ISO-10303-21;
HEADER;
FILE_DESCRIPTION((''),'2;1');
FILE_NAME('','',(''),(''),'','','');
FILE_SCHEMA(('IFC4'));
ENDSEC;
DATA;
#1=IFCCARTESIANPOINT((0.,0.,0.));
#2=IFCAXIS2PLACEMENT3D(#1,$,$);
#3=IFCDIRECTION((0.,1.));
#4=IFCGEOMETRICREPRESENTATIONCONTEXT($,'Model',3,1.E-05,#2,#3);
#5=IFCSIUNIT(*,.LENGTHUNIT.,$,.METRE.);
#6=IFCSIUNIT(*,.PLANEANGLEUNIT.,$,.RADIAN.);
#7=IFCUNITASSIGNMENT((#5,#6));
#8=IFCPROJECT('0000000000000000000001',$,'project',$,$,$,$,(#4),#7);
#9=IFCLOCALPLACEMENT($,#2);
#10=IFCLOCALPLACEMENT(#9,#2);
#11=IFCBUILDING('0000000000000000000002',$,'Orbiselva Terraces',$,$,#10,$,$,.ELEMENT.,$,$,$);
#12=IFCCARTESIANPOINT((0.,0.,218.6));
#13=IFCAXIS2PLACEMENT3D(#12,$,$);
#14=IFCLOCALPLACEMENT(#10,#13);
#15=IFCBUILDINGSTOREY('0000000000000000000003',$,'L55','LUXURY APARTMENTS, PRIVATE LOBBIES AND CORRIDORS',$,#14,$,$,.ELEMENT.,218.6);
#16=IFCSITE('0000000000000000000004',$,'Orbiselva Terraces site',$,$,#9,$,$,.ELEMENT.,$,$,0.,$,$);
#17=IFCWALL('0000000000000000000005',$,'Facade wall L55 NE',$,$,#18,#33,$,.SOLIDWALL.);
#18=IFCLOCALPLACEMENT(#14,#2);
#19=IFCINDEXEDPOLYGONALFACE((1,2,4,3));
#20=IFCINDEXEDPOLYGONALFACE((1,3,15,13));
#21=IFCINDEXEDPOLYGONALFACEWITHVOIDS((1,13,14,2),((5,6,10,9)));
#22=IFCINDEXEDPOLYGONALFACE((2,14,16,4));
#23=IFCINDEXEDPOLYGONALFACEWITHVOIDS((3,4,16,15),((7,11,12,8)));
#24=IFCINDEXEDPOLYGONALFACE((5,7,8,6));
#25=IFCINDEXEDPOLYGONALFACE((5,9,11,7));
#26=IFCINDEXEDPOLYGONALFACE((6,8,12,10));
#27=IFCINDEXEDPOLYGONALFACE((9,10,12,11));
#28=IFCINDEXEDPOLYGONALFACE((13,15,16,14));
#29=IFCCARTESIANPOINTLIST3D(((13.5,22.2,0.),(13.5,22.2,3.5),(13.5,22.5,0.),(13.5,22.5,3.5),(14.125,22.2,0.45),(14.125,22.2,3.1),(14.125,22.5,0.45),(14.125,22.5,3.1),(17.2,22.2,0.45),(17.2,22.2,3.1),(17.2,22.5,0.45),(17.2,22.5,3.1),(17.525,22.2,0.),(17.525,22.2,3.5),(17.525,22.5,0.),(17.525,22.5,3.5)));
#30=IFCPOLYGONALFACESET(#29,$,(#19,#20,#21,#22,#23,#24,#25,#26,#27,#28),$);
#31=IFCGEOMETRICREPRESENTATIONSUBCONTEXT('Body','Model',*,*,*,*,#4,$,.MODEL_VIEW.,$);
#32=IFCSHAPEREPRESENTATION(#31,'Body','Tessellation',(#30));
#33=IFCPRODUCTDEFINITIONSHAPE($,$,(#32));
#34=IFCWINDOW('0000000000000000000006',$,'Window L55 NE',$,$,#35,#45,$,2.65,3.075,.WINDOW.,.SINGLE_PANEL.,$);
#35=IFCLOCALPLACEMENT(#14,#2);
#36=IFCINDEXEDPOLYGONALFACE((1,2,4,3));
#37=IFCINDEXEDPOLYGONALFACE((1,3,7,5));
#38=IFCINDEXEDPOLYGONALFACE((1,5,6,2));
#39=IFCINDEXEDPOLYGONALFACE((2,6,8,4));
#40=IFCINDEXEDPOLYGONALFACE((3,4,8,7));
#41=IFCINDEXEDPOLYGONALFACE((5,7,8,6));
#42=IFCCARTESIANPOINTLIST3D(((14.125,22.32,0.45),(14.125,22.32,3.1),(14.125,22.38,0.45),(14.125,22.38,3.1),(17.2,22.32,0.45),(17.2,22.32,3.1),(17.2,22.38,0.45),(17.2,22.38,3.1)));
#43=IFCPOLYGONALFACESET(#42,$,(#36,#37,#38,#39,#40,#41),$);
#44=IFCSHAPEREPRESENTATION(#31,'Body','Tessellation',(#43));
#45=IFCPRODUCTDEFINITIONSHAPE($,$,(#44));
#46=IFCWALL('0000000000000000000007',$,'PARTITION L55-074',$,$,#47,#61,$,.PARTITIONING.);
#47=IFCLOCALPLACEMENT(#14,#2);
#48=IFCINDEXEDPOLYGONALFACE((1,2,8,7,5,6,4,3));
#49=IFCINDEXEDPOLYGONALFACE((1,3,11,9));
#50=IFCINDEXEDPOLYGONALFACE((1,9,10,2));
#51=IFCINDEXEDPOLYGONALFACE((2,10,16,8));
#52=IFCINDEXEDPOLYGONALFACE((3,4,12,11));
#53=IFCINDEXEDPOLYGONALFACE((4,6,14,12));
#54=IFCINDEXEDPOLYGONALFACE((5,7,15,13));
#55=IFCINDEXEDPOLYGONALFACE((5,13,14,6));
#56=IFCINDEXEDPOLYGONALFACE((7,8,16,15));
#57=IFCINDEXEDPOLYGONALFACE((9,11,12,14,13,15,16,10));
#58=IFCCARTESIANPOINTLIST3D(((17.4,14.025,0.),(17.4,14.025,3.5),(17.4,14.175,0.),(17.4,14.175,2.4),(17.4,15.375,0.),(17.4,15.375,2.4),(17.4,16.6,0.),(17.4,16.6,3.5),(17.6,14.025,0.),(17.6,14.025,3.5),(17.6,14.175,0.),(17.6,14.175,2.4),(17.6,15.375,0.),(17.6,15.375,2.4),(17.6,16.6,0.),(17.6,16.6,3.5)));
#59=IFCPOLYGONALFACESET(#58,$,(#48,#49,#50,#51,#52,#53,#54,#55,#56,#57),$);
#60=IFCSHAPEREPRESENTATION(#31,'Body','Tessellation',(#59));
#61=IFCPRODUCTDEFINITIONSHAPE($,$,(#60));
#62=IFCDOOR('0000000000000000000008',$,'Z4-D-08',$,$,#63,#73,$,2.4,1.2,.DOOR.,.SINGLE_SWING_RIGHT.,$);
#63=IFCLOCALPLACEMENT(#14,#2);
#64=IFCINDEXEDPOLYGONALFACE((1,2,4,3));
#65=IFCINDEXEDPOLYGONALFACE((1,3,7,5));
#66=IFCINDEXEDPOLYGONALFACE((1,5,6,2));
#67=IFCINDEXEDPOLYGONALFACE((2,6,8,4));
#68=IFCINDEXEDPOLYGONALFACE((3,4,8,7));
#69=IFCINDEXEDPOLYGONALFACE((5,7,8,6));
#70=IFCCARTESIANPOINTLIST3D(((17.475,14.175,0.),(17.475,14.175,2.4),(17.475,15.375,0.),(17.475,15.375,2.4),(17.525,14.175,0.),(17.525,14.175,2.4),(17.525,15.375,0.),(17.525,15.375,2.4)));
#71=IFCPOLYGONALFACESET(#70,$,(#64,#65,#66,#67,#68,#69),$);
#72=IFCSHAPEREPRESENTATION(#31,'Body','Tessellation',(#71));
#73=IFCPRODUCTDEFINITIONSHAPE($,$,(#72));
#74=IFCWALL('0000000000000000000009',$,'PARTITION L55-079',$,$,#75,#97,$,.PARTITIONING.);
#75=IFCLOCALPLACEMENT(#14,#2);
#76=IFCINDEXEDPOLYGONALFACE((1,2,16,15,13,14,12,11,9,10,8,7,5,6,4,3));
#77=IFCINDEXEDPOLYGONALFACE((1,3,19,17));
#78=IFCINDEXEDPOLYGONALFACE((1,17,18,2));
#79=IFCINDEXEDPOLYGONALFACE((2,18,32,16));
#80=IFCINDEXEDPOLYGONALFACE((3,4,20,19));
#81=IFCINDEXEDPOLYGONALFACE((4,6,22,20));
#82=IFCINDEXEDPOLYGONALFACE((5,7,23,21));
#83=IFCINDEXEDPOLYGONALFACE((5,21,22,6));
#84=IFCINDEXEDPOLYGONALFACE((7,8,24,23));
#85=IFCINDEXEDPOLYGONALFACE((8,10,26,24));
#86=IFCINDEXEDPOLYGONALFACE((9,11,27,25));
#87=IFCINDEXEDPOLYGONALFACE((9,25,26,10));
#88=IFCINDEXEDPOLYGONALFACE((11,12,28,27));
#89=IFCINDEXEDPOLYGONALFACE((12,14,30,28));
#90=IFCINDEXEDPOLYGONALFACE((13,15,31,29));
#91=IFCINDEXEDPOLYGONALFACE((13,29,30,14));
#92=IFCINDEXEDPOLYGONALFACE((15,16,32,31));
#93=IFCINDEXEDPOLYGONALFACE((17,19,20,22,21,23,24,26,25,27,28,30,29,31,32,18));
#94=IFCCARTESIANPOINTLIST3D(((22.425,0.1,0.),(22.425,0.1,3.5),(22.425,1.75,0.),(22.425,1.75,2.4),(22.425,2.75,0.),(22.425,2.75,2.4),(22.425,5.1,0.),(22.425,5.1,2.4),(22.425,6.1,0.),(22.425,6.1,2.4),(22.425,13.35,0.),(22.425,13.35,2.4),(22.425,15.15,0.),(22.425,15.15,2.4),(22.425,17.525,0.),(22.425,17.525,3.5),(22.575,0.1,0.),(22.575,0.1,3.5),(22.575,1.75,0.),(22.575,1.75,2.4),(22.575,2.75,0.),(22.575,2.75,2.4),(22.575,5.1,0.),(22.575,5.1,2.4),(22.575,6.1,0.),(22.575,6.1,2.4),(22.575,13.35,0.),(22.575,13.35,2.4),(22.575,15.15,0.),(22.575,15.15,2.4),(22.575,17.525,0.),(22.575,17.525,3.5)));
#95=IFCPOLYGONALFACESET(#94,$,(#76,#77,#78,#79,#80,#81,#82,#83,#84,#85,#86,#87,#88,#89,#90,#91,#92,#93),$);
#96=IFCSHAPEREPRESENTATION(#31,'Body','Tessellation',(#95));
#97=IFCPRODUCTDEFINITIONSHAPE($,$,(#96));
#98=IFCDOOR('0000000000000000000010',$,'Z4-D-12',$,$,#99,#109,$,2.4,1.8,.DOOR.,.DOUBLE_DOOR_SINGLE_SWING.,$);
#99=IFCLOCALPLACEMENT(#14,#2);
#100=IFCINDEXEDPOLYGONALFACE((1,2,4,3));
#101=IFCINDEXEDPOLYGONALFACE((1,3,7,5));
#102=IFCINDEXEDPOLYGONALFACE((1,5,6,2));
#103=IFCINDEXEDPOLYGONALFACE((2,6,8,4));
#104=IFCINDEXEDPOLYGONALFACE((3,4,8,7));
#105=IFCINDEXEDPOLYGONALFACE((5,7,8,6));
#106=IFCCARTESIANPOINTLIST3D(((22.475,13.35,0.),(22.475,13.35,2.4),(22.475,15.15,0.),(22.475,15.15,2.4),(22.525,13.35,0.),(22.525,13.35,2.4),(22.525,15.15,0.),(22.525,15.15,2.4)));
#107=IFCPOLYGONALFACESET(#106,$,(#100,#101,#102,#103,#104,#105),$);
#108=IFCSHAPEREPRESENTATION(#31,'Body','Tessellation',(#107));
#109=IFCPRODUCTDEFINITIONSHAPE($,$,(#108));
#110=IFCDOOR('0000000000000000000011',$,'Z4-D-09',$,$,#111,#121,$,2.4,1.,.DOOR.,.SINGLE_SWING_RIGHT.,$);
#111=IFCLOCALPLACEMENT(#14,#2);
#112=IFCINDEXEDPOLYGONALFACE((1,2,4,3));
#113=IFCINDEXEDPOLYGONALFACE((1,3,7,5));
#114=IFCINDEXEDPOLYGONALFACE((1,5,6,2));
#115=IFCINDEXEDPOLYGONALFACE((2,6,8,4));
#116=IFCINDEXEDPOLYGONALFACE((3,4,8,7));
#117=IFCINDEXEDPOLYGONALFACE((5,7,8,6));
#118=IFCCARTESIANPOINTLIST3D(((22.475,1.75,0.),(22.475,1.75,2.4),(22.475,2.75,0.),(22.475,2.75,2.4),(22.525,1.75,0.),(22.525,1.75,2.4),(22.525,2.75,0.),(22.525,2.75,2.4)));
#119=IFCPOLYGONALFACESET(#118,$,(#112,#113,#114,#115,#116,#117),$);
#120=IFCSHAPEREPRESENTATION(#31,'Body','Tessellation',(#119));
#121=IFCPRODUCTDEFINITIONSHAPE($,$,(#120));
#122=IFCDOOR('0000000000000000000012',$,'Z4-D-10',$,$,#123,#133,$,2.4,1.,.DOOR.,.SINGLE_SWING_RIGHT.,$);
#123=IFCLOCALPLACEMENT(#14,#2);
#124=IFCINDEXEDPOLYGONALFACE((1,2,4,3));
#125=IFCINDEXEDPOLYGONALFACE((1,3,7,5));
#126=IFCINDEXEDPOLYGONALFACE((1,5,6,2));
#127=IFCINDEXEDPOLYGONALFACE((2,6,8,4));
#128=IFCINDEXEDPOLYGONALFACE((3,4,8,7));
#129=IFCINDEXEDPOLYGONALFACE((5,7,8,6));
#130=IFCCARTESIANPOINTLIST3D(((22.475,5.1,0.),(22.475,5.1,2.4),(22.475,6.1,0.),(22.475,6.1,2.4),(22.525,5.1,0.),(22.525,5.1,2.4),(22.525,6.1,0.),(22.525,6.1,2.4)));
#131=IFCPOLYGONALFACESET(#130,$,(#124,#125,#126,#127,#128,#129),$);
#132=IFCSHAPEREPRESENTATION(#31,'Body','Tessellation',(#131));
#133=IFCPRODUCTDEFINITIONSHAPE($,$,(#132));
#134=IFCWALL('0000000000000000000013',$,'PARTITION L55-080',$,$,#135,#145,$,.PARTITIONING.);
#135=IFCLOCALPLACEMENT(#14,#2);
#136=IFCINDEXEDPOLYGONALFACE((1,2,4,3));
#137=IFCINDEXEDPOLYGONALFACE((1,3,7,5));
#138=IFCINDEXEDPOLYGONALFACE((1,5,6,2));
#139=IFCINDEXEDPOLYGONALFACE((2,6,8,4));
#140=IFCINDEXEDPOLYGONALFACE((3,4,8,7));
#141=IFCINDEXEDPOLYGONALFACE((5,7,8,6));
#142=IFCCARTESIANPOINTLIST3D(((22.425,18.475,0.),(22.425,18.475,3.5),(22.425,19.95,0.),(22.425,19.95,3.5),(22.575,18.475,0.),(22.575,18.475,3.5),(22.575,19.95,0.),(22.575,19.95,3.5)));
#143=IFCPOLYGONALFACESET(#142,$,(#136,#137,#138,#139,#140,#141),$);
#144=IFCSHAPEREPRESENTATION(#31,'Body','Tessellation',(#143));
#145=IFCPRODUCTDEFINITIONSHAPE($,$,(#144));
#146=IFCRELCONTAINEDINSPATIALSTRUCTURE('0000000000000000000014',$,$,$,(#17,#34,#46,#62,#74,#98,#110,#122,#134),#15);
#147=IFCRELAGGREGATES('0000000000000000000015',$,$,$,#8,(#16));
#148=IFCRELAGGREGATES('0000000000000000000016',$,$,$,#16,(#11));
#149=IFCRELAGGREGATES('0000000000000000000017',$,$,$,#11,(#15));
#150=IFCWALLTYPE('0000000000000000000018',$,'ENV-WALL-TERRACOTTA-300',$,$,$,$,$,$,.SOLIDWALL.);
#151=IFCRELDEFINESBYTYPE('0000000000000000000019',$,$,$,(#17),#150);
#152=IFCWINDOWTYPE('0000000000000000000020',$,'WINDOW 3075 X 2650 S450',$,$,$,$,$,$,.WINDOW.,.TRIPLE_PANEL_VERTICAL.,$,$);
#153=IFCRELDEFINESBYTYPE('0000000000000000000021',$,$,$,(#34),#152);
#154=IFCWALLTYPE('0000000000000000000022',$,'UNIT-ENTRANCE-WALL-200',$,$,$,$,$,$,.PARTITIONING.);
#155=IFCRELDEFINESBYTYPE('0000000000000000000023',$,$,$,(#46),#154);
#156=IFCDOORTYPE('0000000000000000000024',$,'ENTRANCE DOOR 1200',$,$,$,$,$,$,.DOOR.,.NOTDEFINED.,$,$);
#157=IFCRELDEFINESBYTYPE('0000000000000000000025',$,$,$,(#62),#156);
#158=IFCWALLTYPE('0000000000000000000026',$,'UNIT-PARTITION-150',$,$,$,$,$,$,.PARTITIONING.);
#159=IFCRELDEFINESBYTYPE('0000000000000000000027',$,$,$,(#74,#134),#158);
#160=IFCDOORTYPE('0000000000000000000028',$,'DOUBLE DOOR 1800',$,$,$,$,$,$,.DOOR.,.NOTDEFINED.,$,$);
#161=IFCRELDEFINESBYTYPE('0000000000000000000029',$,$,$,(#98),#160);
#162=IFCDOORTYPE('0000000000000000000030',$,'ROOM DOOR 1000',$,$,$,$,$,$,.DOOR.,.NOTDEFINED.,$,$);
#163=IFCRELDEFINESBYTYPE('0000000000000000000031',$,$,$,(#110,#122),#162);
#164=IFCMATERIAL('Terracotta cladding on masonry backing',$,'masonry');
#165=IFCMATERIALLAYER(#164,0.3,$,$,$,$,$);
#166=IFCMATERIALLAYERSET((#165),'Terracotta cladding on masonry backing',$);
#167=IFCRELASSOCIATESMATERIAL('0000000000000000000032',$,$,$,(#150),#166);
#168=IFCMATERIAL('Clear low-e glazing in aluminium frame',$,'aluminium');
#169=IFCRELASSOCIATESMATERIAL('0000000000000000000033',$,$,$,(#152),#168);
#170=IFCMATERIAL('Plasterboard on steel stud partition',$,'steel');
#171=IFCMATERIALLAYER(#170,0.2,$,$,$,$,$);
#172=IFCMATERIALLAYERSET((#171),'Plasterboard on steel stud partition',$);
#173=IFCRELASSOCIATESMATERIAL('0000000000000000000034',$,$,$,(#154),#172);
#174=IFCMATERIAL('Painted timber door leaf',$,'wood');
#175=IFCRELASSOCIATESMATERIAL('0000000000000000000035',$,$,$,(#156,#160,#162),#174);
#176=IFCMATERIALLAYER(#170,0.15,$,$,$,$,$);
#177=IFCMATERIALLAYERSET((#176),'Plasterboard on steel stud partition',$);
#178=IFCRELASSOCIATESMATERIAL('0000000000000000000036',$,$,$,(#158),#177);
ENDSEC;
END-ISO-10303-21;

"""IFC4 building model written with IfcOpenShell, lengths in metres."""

from ifc_helpers import new_model, si_unit, direction, frame, frame_2d, origin, place, context, subcontext, project, spatial, rectangle, extrude, material, layer, layer_set, type_object, element, fill, save


model = new_model("IFC4")

# Units and contexts
model_context = context("Model", 3, precision=1e-05, world=origin(), true_north=direction((0.0, 1.0)))
body_context = subcontext(model_context, "Body", "Model", "MODEL_VIEW")
ifc_project = project(units=[si_unit("LENGTHUNIT", "METRE"), si_unit("PLANEANGLEUNIT", "RADIAN")], contexts=[model_context])

# Site, building, storey
site_placement = place(None, origin())
site = spatial("IfcSite", under=ifc_project, at=site_placement, Name="Orbiselva Terraces site", CompositionType="ELEMENT", RefElevation=0.0)
building_placement = place(site_placement, origin())
building = spatial("IfcBuilding", under=site, at=building_placement, Name="Orbiselva Terraces", CompositionType="ELEMENT")
storey_placement = place(building_placement, frame((0.0, 0.0, 218.6)))
storey = spatial("IfcBuildingStorey", under=building, at=storey_placement, Name="L55", Description="LUXURY APARTMENTS, PRIVATE LOBBIES AND CORRIDORS", CompositionType="ELEMENT", Elevation=218.6)

# Shared definitions
ifc_material_1 = material(Name="Terracotta cladding on masonry backing", Category="masonry")
ifc_layer_1 = layer(ifc_material_1, 0.3)
ifc_layer_set_1 = layer_set([ifc_layer_1], Name="Terracotta cladding on masonry backing")
wall_type_1 = type_object("IfcWallType", Name="ENV-WALL-TERRACOTTA-300", PredefinedType="SOLIDWALL", material=ifc_layer_set_1)
ifc_material_2 = material(Name="Clear low-e glazing in aluminium frame", Category="aluminium")
window_type = type_object("IfcWindowType", Name="WINDOW 3075 X 2650 S450", PartitioningType="TRIPLE_PANEL_VERTICAL", PredefinedType="WINDOW", material=ifc_material_2)

# Wall, opening, window
wall_1_placement = place(storey_placement, frame((13.5, 22.35, 0.0), z_axis=(0.0, 0.0, 1.0), x_axis=(1.0, 0.0, 0.0)))
wall_1 = element("IfcWall", 1, at=wall_1_placement, inside=storey, type_object=wall_type_1, Name="Facade wall L55 NE", PredefinedType="SOLIDWALL", context=body_context, shape_type="SweptSolid", body=[
    extrude(rectangle(XDim=4.025, YDim=0.3, at=frame_2d((2.0125, 0.0))), origin(), (0.0, 0.0, 1.0), 3.5),
])
opening_1_placement = place(wall_1_placement, frame((0.625, 0.0, 0.45)))
opening_1 = element("IfcOpeningElement", 2, at=opening_1_placement, cuts=wall_1, PredefinedType="OPENING", context=body_context, shape_type="SweptSolid", body=[
    extrude(rectangle(XDim=3.075, YDim=2.65, at=frame_2d((1.5375, 1.325))), frame((0.0, 0.16, 0.0), z_axis=(0.0, -1.0, 0.0), x_axis=(1.0, 0.0, 0.0)), (0.0, 0.0, 1.0), 0.32),
])
window_1_placement = place(opening_1_placement, origin())
window_1 = element("IfcWindow", 3, at=window_1_placement, inside=storey, type_object=window_type, Name="Window L55 NE", OverallHeight=2.65, OverallWidth=3.075, PartitioningType="SINGLE_PANEL", PredefinedType="WINDOW", context=body_context, shape_type="SweptSolid", body=[
    extrude(rectangle(XDim=3.075, YDim=2.65, at=frame_2d((1.5375, 1.325))), frame((0.0, 0.03, 0.0), z_axis=(0.0, -1.0, 0.0), x_axis=(1.0, 0.0, 0.0)), (0.0, 0.0, 1.0), 0.06),
])
fill(opening_1, window_1)

# Wall, opening, door
ifc_material_3 = material(Name="Plasterboard on steel stud partition", Category="steel")
ifc_layer_2 = layer(ifc_material_3, 0.2)
ifc_layer_set_2 = layer_set([ifc_layer_2], Name="Plasterboard on steel stud partition")
wall_type_2 = type_object("IfcWallType", Name="UNIT-ENTRANCE-WALL-200", PredefinedType="PARTITIONING", material=ifc_layer_set_2)
wall_2_placement = place(storey_placement, frame((17.5, 16.6, 0.0), z_axis=(0.0, 0.0, 1.0), x_axis=(0.0, -1.0, 0.0)))
wall_2 = element("IfcWall", 4, at=wall_2_placement, inside=storey, type_object=wall_type_2, Name="PARTITION L55-074", PredefinedType="PARTITIONING", context=body_context, shape_type="SweptSolid", body=[
    extrude(rectangle(XDim=2.575, YDim=0.2, at=frame_2d((1.2875, 0.0))), origin(), (0.0, 0.0, 1.0), 3.5),
])
opening_2_placement = place(wall_2_placement, frame((1.225, 0.0, 0.0)))
opening_2 = element("IfcOpeningElement", 5, at=opening_2_placement, cuts=wall_2, PredefinedType="OPENING", context=body_context, shape_type="SweptSolid", body=[
    extrude(rectangle(XDim=1.2, YDim=2.4, at=frame_2d((0.6, 1.2))), frame((0.0, 0.11, 0.0), z_axis=(0.0, -1.0, 0.0), x_axis=(1.0, 0.0, 0.0)), (0.0, 0.0, 1.0), 0.22),
])
ifc_material_4 = material(Name="Painted timber door leaf", Category="wood")
door_type_1 = type_object("IfcDoorType", Name="ENTRANCE DOOR 1200", OperationType="NOTDEFINED", PredefinedType="DOOR", material=ifc_material_4)
door_1_placement = place(opening_2_placement, origin())
door_1 = element("IfcDoor", 6, at=door_1_placement, inside=storey, type_object=door_type_1, Name="Z4-D-08", OperationType="SINGLE_SWING_RIGHT", OverallHeight=2.4, OverallWidth=1.2, PredefinedType="DOOR", context=body_context, shape_type="SweptSolid", body=[
    extrude(rectangle(XDim=1.2, YDim=2.4, at=frame_2d((0.6, 1.2))), frame((0.0, 0.025, 0.0), z_axis=(0.0, -1.0, 0.0), x_axis=(1.0, 0.0, 0.0)), (0.0, 0.0, 1.0), 0.05),
])
fill(opening_2, door_1)

# Wall, openings, doors
ifc_layer_3 = layer(ifc_material_3, 0.15)
ifc_layer_set_3 = layer_set([ifc_layer_3], Name="Plasterboard on steel stud partition")
wall_type_3 = type_object("IfcWallType", Name="UNIT-PARTITION-150", PredefinedType="PARTITIONING", material=ifc_layer_set_3)
wall_3_placement = place(storey_placement, frame((22.5, 17.525, 0.0), z_axis=(0.0, 0.0, 1.0), x_axis=(0.0, -1.0, 0.0)))
wall_3 = element("IfcWall", 7, at=wall_3_placement, inside=storey, type_object=wall_type_3, Name="PARTITION L55-079", PredefinedType="PARTITIONING", context=body_context, shape_type="SweptSolid", body=[
    extrude(rectangle(XDim=17.425, YDim=0.15, at=frame_2d((8.7125, 0.0))), origin(), (0.0, 0.0, 1.0), 3.5),
])
opening_3_placement = place(wall_3_placement, frame((14.775, 0.0, 0.0)))
opening_3 = element("IfcOpeningElement", 8, at=opening_3_placement, cuts=wall_3, PredefinedType="OPENING", context=body_context, shape_type="SweptSolid", body=[
    extrude(rectangle(XDim=1.0, YDim=2.4, at=frame_2d((0.5, 1.2))), frame((0.0, 0.085, 0.0), z_axis=(0.0, -1.0, 0.0), x_axis=(1.0, 0.0, 0.0)), (0.0, 0.0, 1.0), 0.17),
])
opening_4_placement = place(wall_3_placement, frame((11.425, 0.0, 0.0)))
opening_4 = element("IfcOpeningElement", 9, at=opening_4_placement, cuts=wall_3, PredefinedType="OPENING", context=body_context, shape_type="SweptSolid", body=[
    extrude(rectangle(XDim=1.0, YDim=2.4, at=frame_2d((0.5, 1.2))), frame((0.0, 0.085, 0.0), z_axis=(0.0, -1.0, 0.0), x_axis=(1.0, 0.0, 0.0)), (0.0, 0.0, 1.0), 0.17),
])
opening_5_placement = place(wall_3_placement, frame((2.375, 0.0, 0.0)))
opening_5 = element("IfcOpeningElement", 10, at=opening_5_placement, cuts=wall_3, PredefinedType="OPENING", context=body_context, shape_type="SweptSolid", body=[
    extrude(rectangle(XDim=1.8, YDim=2.4, at=frame_2d((0.9, 1.2))), frame((0.0, 0.085, 0.0), z_axis=(0.0, -1.0, 0.0), x_axis=(1.0, 0.0, 0.0)), (0.0, 0.0, 1.0), 0.17),
])
door_type_2 = type_object("IfcDoorType", Name="DOUBLE DOOR 1800", OperationType="NOTDEFINED", PredefinedType="DOOR", material=ifc_material_4)
door_2_placement = place(opening_5_placement, origin())
door_2 = element("IfcDoor", 11, at=door_2_placement, inside=storey, type_object=door_type_2, Name="Z4-D-12", OperationType="DOUBLE_DOOR_SINGLE_SWING", OverallHeight=2.4, OverallWidth=1.8, PredefinedType="DOOR", context=body_context, shape_type="SweptSolid", body=[
    extrude(rectangle(XDim=1.8, YDim=2.4, at=frame_2d((0.9, 1.2))), frame((0.0, 0.025, 0.0), z_axis=(0.0, -1.0, 0.0), x_axis=(1.0, 0.0, 0.0)), (0.0, 0.0, 1.0), 0.05),
])
fill(opening_5, door_2)
door_type_3 = type_object("IfcDoorType", Name="ROOM DOOR 1000", OperationType="NOTDEFINED", PredefinedType="DOOR", material=ifc_material_4)
door_3_placement = place(opening_3_placement, origin())
door_3 = element("IfcDoor", 12, at=door_3_placement, inside=storey, type_object=door_type_3, Name="Z4-D-09", OperationType="SINGLE_SWING_RIGHT", OverallHeight=2.4, OverallWidth=1.0, PredefinedType="DOOR", context=body_context, shape_type="SweptSolid", body=[
    extrude(rectangle(XDim=1.0, YDim=2.4, at=frame_2d((0.5, 1.2))), frame((0.0, 0.025, 0.0), z_axis=(0.0, -1.0, 0.0), x_axis=(1.0, 0.0, 0.0)), (0.0, 0.0, 1.0), 0.05),
])
fill(opening_3, door_3)
door_4_placement = place(opening_4_placement, origin())
door_4 = element("IfcDoor", 13, at=door_4_placement, inside=storey, type_object=door_type_3, Name="Z4-D-10", OperationType="SINGLE_SWING_RIGHT", OverallHeight=2.4, OverallWidth=1.0, PredefinedType="DOOR", context=body_context, shape_type="SweptSolid", body=[
    extrude(rectangle(XDim=1.0, YDim=2.4, at=frame_2d((0.5, 1.2))), frame((0.0, 0.025, 0.0), z_axis=(0.0, -1.0, 0.0), x_axis=(1.0, 0.0, 0.0)), (0.0, 0.0, 1.0), 0.05),
])
fill(opening_4, door_4)

# Wall
wall_4_placement = place(storey_placement, frame((22.5, 18.475, 0.0), z_axis=(0.0, 0.0, 1.0), x_axis=(0.0, 1.0, 0.0)))
element("IfcWall", 14, at=wall_4_placement, inside=storey, type_object=wall_type_3, Name="PARTITION L55-080", PredefinedType="PARTITIONING", context=body_context, shape_type="SweptSolid", body=[
    extrude(rectangle(XDim=1.475, YDim=0.15, at=frame_2d((0.7375, 0.0))), origin(), (0.0, 0.0, 1.0), 3.5),
])

save(model, "model.ifc")
